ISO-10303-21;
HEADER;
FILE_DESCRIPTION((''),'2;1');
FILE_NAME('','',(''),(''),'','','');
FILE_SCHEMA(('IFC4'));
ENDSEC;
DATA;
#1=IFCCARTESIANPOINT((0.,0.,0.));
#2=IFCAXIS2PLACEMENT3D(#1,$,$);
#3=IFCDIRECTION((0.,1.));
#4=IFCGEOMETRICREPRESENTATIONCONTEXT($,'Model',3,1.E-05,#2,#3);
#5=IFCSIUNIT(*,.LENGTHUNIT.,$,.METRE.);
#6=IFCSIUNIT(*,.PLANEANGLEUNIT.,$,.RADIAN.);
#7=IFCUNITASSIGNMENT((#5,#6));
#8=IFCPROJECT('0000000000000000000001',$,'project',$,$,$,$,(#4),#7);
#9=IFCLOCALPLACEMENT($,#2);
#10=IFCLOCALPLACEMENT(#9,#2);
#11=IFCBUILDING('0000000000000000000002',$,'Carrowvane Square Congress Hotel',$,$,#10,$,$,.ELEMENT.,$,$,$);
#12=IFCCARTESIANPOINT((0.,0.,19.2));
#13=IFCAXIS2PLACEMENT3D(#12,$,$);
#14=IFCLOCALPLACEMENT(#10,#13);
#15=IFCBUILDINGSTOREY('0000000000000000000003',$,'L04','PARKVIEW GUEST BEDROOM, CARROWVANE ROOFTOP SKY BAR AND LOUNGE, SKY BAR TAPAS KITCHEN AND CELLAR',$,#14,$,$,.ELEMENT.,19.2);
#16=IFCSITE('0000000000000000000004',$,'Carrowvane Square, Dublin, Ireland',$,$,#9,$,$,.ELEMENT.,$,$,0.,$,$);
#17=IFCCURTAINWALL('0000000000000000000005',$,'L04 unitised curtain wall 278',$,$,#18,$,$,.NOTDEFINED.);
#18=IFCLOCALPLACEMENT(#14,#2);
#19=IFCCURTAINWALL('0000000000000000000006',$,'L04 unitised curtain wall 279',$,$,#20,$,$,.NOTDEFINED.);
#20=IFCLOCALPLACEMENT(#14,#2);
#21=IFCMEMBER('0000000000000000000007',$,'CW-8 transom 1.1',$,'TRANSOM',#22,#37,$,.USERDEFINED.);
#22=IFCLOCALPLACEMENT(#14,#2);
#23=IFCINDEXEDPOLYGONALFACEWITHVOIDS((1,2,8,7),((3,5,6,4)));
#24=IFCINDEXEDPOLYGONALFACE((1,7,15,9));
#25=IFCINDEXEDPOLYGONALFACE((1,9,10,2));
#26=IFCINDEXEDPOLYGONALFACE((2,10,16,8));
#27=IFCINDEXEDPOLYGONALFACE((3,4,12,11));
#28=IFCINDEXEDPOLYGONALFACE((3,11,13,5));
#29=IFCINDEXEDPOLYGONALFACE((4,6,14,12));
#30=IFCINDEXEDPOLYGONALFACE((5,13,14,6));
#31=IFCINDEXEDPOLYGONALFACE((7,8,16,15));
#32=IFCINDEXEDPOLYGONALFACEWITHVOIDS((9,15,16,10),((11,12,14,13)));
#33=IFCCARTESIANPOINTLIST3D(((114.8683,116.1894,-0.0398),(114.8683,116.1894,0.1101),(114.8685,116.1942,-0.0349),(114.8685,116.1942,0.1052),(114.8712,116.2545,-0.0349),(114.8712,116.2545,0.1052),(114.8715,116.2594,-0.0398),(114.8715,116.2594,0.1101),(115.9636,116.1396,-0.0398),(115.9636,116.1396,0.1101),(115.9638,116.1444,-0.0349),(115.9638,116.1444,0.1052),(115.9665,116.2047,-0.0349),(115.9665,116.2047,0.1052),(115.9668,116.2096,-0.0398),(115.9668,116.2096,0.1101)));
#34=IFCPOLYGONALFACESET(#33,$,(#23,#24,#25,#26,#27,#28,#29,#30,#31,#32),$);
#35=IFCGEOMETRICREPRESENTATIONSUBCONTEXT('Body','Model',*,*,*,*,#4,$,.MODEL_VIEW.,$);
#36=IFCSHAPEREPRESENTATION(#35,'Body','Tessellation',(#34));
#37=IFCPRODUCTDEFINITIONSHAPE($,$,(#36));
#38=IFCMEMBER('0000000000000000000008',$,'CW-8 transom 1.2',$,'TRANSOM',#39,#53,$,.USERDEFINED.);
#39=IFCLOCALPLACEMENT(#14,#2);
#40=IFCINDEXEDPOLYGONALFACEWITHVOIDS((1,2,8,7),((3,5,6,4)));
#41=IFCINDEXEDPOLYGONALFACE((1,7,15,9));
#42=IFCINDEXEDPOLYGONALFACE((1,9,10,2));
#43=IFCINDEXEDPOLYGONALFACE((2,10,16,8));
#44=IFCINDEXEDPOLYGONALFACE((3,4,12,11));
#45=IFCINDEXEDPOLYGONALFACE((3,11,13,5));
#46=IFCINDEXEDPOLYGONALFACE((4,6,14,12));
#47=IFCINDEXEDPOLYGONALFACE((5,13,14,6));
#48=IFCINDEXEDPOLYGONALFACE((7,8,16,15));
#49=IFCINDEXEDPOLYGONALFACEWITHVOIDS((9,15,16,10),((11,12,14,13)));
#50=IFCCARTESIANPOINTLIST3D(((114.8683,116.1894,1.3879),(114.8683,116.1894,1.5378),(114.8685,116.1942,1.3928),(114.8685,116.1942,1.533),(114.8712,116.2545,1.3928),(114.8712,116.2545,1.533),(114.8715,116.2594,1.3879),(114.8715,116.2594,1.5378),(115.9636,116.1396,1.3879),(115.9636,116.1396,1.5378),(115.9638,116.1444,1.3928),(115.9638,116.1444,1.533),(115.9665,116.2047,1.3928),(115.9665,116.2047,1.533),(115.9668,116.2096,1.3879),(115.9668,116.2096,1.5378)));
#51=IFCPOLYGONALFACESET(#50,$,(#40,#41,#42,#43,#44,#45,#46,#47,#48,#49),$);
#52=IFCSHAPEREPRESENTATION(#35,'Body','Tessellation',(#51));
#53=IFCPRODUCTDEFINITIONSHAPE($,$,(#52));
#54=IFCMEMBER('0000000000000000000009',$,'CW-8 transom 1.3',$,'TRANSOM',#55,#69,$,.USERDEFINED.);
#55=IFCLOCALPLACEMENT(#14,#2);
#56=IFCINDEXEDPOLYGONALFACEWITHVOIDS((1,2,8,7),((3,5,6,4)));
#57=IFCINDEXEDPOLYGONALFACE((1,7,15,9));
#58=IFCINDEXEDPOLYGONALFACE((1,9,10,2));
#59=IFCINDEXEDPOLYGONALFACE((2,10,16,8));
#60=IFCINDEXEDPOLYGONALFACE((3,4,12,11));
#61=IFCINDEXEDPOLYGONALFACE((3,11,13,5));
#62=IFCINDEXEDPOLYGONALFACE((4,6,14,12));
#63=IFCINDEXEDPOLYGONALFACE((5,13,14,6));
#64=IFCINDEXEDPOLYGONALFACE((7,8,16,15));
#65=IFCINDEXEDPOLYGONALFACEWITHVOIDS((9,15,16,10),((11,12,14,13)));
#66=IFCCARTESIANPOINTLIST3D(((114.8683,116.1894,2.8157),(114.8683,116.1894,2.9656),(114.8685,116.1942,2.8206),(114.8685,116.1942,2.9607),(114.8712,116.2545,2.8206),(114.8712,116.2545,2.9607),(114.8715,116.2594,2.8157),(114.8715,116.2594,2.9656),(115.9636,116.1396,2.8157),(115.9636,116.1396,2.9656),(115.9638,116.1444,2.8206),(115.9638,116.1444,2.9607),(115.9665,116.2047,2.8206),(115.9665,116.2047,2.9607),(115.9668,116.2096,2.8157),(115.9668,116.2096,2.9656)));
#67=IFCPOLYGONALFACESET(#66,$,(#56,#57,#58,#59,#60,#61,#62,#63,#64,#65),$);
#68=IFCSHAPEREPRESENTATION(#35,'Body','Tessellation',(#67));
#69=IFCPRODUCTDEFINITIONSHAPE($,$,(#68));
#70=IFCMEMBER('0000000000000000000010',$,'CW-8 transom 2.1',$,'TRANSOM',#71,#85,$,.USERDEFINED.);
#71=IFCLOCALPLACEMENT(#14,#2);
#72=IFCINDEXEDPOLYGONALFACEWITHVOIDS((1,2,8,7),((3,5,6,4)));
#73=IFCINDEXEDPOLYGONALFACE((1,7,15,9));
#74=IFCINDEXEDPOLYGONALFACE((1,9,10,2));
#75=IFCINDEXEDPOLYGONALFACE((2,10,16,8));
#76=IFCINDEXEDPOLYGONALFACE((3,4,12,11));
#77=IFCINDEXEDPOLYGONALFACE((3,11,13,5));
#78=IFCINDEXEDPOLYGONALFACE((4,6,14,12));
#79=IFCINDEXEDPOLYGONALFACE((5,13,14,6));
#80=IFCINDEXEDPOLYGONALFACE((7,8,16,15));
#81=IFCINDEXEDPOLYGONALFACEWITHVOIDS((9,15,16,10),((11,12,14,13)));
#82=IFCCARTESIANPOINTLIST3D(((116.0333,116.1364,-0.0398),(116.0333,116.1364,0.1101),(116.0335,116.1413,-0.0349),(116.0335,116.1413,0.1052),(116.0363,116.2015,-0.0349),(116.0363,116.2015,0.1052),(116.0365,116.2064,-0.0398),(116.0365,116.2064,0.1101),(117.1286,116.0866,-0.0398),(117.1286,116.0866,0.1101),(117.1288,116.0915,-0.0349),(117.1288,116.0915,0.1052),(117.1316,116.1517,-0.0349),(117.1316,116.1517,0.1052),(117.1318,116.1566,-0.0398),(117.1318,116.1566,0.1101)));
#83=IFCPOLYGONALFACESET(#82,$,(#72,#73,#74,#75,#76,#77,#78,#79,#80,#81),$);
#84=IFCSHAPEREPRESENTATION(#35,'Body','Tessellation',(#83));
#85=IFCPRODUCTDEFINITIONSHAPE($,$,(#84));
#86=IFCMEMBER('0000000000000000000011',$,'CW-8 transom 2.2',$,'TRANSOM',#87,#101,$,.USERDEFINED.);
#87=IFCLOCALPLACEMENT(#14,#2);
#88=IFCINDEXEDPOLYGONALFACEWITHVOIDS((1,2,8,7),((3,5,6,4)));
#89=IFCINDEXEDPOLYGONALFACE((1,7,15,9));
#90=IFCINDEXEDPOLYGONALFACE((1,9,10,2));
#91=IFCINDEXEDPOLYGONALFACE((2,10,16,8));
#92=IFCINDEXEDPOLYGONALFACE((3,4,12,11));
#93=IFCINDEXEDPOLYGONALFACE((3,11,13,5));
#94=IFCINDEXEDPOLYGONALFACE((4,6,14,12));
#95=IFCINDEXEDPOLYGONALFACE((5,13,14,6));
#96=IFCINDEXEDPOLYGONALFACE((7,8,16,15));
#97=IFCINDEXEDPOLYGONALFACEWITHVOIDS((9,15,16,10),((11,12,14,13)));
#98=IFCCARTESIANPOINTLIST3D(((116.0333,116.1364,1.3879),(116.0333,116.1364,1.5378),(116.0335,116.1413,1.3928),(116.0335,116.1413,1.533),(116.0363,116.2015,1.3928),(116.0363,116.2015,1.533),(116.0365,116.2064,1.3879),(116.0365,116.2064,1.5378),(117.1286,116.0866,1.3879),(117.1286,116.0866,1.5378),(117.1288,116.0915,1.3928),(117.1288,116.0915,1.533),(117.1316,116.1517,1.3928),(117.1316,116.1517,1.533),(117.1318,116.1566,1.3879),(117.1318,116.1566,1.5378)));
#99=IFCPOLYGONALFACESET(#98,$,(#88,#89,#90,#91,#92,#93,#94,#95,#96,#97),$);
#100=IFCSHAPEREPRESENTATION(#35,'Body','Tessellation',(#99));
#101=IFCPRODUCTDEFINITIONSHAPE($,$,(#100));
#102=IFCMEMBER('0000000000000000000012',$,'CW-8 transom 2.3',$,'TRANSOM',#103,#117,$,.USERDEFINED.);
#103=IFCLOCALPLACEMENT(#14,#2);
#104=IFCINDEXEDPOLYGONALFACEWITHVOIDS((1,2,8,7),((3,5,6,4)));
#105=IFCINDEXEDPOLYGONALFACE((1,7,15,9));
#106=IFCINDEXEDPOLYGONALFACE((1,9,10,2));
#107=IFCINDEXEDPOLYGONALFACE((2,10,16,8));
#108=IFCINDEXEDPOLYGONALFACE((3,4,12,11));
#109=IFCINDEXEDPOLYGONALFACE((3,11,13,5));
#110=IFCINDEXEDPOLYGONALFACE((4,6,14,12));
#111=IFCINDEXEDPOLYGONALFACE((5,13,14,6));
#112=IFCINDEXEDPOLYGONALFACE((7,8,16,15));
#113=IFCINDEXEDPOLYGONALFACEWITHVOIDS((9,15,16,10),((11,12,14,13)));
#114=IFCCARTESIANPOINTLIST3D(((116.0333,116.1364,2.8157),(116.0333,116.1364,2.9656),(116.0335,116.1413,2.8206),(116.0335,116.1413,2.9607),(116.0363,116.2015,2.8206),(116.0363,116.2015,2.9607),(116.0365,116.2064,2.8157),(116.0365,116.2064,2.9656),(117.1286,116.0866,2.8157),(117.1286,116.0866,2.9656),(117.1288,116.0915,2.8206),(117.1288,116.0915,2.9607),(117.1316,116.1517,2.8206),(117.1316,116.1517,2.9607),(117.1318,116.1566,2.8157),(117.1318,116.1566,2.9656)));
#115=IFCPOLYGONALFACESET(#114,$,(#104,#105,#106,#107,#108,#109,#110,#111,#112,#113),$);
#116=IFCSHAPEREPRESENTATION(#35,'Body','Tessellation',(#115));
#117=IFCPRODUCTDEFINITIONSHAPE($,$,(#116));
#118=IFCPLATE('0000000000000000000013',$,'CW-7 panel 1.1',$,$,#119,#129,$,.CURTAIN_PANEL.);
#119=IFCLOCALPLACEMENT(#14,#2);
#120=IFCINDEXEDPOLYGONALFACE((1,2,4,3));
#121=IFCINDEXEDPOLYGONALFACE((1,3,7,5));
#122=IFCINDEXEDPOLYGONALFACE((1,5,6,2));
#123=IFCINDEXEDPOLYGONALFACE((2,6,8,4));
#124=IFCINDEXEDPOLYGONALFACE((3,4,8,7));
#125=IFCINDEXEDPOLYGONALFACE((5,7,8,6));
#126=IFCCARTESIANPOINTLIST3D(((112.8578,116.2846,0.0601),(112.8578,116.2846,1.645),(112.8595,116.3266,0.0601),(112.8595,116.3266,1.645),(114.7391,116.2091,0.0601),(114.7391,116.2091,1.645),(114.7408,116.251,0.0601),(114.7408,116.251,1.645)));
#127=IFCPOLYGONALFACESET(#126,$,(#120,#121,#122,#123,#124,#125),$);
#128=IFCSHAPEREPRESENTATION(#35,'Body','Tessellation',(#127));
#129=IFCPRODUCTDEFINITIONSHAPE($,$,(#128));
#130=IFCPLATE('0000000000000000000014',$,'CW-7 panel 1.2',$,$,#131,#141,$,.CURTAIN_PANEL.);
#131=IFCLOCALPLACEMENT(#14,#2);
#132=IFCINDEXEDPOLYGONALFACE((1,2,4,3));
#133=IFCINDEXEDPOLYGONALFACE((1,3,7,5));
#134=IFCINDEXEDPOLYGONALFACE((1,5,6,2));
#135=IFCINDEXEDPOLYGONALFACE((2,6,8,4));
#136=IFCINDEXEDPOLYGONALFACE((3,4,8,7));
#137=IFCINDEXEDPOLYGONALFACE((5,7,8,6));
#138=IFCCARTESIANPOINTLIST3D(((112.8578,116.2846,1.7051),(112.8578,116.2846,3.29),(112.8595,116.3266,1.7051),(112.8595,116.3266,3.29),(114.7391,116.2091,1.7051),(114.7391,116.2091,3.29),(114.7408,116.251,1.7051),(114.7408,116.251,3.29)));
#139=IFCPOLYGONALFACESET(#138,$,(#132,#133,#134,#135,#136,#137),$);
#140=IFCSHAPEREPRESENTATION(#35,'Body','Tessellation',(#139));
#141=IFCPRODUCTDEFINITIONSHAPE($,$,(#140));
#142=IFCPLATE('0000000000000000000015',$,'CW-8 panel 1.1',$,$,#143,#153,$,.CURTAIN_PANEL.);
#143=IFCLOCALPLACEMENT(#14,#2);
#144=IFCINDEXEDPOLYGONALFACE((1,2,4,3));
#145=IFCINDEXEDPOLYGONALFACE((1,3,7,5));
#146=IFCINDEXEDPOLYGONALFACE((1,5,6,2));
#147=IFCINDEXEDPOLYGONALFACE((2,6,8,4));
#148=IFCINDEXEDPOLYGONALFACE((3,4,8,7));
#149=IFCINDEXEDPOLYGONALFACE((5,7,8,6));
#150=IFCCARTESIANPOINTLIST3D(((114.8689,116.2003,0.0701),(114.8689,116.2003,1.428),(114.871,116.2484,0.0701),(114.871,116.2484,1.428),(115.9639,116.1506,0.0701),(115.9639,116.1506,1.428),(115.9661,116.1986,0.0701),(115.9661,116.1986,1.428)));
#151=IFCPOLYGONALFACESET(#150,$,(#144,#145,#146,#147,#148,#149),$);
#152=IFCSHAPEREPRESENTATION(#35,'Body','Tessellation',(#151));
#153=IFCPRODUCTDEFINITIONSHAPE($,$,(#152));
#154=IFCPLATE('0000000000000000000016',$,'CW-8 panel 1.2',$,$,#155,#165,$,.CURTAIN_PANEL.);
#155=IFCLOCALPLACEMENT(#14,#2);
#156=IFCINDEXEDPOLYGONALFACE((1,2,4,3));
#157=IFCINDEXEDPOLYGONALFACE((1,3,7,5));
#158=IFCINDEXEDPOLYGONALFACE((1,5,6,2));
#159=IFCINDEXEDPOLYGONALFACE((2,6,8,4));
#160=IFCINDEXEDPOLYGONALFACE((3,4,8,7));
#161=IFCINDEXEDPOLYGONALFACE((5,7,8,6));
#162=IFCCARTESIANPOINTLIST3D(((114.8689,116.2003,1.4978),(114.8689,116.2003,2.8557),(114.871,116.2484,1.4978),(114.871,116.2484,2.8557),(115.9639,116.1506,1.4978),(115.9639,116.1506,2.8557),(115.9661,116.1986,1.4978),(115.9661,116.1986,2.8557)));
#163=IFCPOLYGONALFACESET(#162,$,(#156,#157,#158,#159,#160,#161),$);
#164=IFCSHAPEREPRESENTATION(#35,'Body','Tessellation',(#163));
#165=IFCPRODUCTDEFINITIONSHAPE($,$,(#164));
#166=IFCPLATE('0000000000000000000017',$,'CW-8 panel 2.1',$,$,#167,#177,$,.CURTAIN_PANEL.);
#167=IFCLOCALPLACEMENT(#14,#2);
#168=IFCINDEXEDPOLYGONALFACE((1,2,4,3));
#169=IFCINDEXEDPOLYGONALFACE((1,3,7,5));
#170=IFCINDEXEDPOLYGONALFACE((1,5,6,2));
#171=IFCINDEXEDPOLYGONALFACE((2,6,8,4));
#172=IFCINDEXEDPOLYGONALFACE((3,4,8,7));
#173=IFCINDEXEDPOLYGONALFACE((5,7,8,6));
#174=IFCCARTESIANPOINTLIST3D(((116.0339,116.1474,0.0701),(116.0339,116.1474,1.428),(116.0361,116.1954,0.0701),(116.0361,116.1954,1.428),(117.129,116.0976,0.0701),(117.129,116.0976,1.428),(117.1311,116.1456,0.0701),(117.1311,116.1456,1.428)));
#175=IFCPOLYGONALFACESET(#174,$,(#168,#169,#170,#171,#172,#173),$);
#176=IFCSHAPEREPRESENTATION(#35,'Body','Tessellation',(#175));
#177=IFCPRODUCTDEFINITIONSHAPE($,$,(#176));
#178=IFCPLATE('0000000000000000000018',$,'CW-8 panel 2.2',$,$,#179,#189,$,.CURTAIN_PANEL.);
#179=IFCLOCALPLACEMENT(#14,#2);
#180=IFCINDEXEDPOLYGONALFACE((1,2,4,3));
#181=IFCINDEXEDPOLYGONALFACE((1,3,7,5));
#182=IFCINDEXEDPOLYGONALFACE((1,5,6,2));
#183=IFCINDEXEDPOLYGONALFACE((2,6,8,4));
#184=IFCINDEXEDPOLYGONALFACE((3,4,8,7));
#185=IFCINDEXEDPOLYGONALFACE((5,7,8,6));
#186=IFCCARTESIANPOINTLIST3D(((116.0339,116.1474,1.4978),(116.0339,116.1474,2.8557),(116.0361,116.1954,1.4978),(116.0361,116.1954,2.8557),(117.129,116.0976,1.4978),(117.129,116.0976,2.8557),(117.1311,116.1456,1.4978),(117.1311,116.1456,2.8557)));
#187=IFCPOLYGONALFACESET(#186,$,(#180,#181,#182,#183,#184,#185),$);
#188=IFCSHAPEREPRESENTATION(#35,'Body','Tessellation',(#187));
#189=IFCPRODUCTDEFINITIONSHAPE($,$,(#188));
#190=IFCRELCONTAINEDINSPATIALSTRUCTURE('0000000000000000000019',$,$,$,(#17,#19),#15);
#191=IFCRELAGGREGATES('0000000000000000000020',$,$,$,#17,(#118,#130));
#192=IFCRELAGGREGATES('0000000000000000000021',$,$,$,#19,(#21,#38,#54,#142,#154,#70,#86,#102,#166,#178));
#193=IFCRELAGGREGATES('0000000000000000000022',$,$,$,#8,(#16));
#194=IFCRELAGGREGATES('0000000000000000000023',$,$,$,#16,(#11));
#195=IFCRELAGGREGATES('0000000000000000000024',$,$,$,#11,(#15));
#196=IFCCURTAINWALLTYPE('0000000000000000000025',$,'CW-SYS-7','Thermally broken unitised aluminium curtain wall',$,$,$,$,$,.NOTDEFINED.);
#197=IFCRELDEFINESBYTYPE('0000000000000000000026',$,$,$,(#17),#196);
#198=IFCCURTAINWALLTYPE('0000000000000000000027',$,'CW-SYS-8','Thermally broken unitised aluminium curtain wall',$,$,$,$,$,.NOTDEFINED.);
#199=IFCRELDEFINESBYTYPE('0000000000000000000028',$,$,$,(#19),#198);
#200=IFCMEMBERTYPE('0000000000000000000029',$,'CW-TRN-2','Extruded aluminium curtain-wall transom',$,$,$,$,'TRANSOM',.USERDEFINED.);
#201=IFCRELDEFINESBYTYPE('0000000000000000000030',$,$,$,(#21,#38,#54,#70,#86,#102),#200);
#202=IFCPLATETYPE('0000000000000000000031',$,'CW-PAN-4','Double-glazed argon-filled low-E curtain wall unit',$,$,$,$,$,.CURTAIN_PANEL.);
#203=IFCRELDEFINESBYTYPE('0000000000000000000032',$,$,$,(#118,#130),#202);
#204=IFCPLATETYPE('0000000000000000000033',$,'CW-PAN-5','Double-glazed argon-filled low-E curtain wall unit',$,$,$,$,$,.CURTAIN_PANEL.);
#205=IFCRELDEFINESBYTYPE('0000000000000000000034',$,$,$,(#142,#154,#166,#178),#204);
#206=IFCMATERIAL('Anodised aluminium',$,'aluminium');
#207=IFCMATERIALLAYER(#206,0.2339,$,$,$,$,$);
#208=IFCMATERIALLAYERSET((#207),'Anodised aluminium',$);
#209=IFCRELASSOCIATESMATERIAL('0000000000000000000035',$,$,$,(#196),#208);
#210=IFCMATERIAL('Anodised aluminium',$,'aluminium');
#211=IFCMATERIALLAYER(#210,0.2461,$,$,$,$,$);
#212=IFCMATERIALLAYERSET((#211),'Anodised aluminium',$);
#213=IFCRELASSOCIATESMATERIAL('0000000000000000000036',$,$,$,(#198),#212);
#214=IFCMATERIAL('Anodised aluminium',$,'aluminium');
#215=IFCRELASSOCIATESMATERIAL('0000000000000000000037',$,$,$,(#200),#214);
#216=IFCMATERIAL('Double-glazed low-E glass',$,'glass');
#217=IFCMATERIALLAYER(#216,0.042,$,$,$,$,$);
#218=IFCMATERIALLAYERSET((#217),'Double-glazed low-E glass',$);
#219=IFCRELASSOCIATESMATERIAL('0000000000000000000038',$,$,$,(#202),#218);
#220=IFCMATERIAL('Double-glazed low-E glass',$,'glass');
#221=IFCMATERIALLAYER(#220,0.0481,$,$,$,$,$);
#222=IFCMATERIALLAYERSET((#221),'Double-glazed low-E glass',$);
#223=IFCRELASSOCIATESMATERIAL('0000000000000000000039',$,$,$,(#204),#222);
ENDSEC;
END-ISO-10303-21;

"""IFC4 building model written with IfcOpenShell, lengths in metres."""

from ifc_helpers import new_model, si_unit, direction, frame, origin, origin_2d, place, context, subcontext, project, spatial, rectangle, hollow_rectangle, extrude, material, layer, layer_set, material_profile, profile_set, type_object, element, aggregate, save


model = new_model("IFC4")

# Units and contexts
model_context = context("Model", 3, precision=1e-05, world=origin(), true_north=direction((0.0, 1.0)))
body_context = subcontext(model_context, "Body", "Model", "MODEL_VIEW")
ifc_project = project(units=[si_unit("LENGTHUNIT", "METRE"), si_unit("PLANEANGLEUNIT", "RADIAN")], contexts=[model_context])

# Site, building, storey
site_placement = place(None, origin())
site = spatial("IfcSite", under=ifc_project, at=site_placement, Name="Carrowvane Square, Dublin, Ireland", CompositionType="ELEMENT", RefElevation=0.0)
building_placement = place(site_placement, origin())
building = spatial("IfcBuilding", under=site, at=building_placement, Name="Carrowvane Square Congress Hotel", CompositionType="ELEMENT")
storey_placement = place(building_placement, frame((0.0, 0.0, 19.2)))
storey = spatial("IfcBuildingStorey", under=building, at=storey_placement, Name="L04", Description="PARKVIEW GUEST BEDROOM, CARROWVANE ROOFTOP SKY BAR AND LOUNGE, SKY BAR TAPAS KITCHEN AND CELLAR", CompositionType="ELEMENT", Elevation=19.2)

# Curtain wall
ifc_material_1 = material(Name="Anodised aluminium", Category="aluminium")
ifc_layer_1 = layer(ifc_material_1, 0.2339)
ifc_layer_set_1 = layer_set([ifc_layer_1], Name="Anodised aluminium")
curtain_wall_type_1 = type_object("IfcCurtainWallType", Name="CW-SYS-7", Description="Thermally broken unitised aluminium curtain wall", PredefinedType="NOTDEFINED", material=ifc_layer_set_1)
curtain_wall_1_placement = place(storey_placement, origin())
curtain_wall_1 = element("IfcCurtainWall", 1, at=curtain_wall_1_placement, inside=storey, type_object=curtain_wall_type_1, Name="L04 unitised curtain wall 278", PredefinedType="NOTDEFINED")

# Curtain wall
ifc_material_2 = material(Name="Anodised aluminium", Category="aluminium")
ifc_layer_2 = layer(ifc_material_2, 0.2461)
ifc_layer_set_2 = layer_set([ifc_layer_2], Name="Anodised aluminium")
curtain_wall_type_2 = type_object("IfcCurtainWallType", Name="CW-SYS-8", Description="Thermally broken unitised aluminium curtain wall", PredefinedType="NOTDEFINED", material=ifc_layer_set_2)
curtain_wall_2_placement = place(storey_placement, origin())
curtain_wall_2 = element("IfcCurtainWall", 2, at=curtain_wall_2_placement, inside=storey, type_object=curtain_wall_type_2, Name="L04 unitised curtain wall 279", PredefinedType="NOTDEFINED")

# Members
ifc_material_3 = material(Name="Anodised aluminium", Category="aluminium")
ifc_material_profile_1 = material_profile(ifc_material_3, hollow_rectangle(XDim=0.0701, YDim=0.1499, WallThickness=0.0049, at=origin_2d()), Name="CW-TR 70x150x5")
ifc_profile_set_1 = profile_set([ifc_material_profile_1], Name="Anodised aluminium")
member_type_1 = type_object("IfcMemberType", Name="CW-TRN-2", Description="Extruded aluminium curtain-wall transom", ElementType="TRANSOM", PredefinedType="USERDEFINED", material=ifc_profile_set_1)
member_1_placement = place(storey_placement, frame((114.8699, 116.2244, 0.0352), z_axis=(0.998968, -0.045428, 0.0), x_axis=(0.045428, 0.998968, 0.0)))
member_1 = element("IfcMember", 3, at=member_1_placement, type_object=member_type_1, Name="CW-8 transom 1.1", ObjectType="TRANSOM", PredefinedType="USERDEFINED", context=body_context, shape_type="SweptSolid", body=[
    extrude(hollow_rectangle(XDim=0.0701, YDim=0.1499, WallThickness=0.0049, at=origin_2d()), origin(), (0.0, 0.0, 1.0), 1.0964),
])
member_2_placement = place(storey_placement, frame((114.8699, 116.2244, 1.4629), z_axis=(0.998968, -0.045428, 0.0), x_axis=(0.045428, 0.998968, 0.0)))
member_2 = element("IfcMember", 4, at=member_2_placement, type_object=member_type_1, Name="CW-8 transom 1.2", ObjectType="TRANSOM", PredefinedType="USERDEFINED", context=body_context, shape_type="SweptSolid", body=[
    extrude(hollow_rectangle(XDim=0.0701, YDim=0.1499, WallThickness=0.0049, at=origin_2d()), origin(), (0.0, 0.0, 1.0), 1.0964),
])
member_3_placement = place(storey_placement, frame((114.8699, 116.2244, 2.8906), z_axis=(0.998968, -0.045428, 0.0), x_axis=(0.045428, 0.998968, 0.0)))
member_3 = element("IfcMember", 5, at=member_3_placement, type_object=member_type_1, Name="CW-8 transom 1.3", ObjectType="TRANSOM", PredefinedType="USERDEFINED", context=body_context, shape_type="SweptSolid", body=[
    extrude(hollow_rectangle(XDim=0.0701, YDim=0.1499, WallThickness=0.0049, at=origin_2d()), origin(), (0.0, 0.0, 1.0), 1.0964),
])
member_4_placement = place(storey_placement, frame((116.0349, 116.1714, 0.0352), z_axis=(0.998968, -0.045428, 0.0), x_axis=(0.045428, 0.998968, 0.0)))
member_4 = element("IfcMember", 6, at=member_4_placement, type_object=member_type_1, Name="CW-8 transom 2.1", ObjectType="TRANSOM", PredefinedType="USERDEFINED", context=body_context, shape_type="SweptSolid", body=[
    extrude(hollow_rectangle(XDim=0.0701, YDim=0.1499, WallThickness=0.0049, at=origin_2d()), origin(), (0.0, 0.0, 1.0), 1.0964),
])
member_5_placement = place(storey_placement, frame((116.0349, 116.1714, 1.4629), z_axis=(0.998968, -0.045428, 0.0), x_axis=(0.045428, 0.998968, 0.0)))
member_5 = element("IfcMember", 7, at=member_5_placement, type_object=member_type_1, Name="CW-8 transom 2.2", ObjectType="TRANSOM", PredefinedType="USERDEFINED", context=body_context, shape_type="SweptSolid", body=[
    extrude(hollow_rectangle(XDim=0.0701, YDim=0.1499, WallThickness=0.0049, at=origin_2d()), origin(), (0.0, 0.0, 1.0), 1.0964),
])
member_6_placement = place(storey_placement, frame((116.0349, 116.1714, 2.8906), z_axis=(0.998968, -0.045428, 0.0), x_axis=(0.045428, 0.998968, 0.0)))
member_6 = element("IfcMember", 8, at=member_6_placement, type_object=member_type_1, Name="CW-8 transom 2.3", ObjectType="TRANSOM", PredefinedType="USERDEFINED", context=body_context, shape_type="SweptSolid", body=[
    extrude(hollow_rectangle(XDim=0.0701, YDim=0.1499, WallThickness=0.0049, at=origin_2d()), origin(), (0.0, 0.0, 1.0), 1.0964),
])

# Plates
ifc_material_4 = material(Name="Double-glazed low-E glass", Category="glass")
ifc_layer_3 = layer(ifc_material_4, 0.042)
ifc_layer_set_3 = layer_set([ifc_layer_3], Name="Double-glazed low-E glass")
plate_type_1 = type_object("IfcPlateType", Name="CW-PAN-4", Description="Double-glazed argon-filled low-E curtain wall unit", PredefinedType="CURTAIN_PANEL", material=ifc_layer_set_3)
plate_1_placement = place(storey_placement, frame((113.7993, 116.2678, 0.0601), z_axis=(0.0, 0.0, 1.0), x_axis=(0.999194, -0.040131, 0.0)))
plate_1 = element("IfcPlate", 9, at=plate_1_placement, type_object=plate_type_1, Name="CW-7 panel 1.1", PredefinedType="CURTAIN_PANEL", context=body_context, shape_type="SweptSolid", body=[
    extrude(rectangle(XDim=1.8828, YDim=0.042, at=origin_2d()), origin(), (0.0, 0.0, 1.0), 1.585),
])
plate_2_placement = place(storey_placement, frame((113.7993, 116.2678, 1.7051), z_axis=(0.0, 0.0, 1.0), x_axis=(0.999194, -0.040131, 0.0)))
plate_2 = element("IfcPlate", 10, at=plate_2_placement, type_object=plate_type_1, Name="CW-7 panel 1.2", PredefinedType="CURTAIN_PANEL", context=body_context, shape_type="SweptSolid", body=[
    extrude(rectangle(XDim=1.8828, YDim=0.042, at=origin_2d()), origin(), (0.0, 0.0, 1.0), 1.585),
])
aggregate(curtain_wall_1, [plate_1, plate_2])
ifc_material_5 = material(Name="Double-glazed low-E glass", Category="glass")
ifc_layer_4 = layer(ifc_material_5, 0.0481)
ifc_layer_set_4 = layer_set([ifc_layer_4], Name="Double-glazed low-E glass")
plate_type_2 = type_object("IfcPlateType", Name="CW-PAN-5", Description="Double-glazed argon-filled low-E curtain wall unit", PredefinedType="CURTAIN_PANEL", material=ifc_layer_set_4)
plate_3_placement = place(storey_placement, frame((115.4175, 116.1995, 0.0701), z_axis=(0.0, 0.0, 1.0), x_axis=(0.998968, -0.045411, 0.0)))
plate_3 = element("IfcPlate", 11, at=plate_3_placement, type_object=plate_type_2, Name="CW-8 panel 1.1", PredefinedType="CURTAIN_PANEL", context=body_context, shape_type="SweptSolid", body=[
    extrude(rectangle(XDim=1.0962, YDim=0.0481, at=origin_2d()), origin(), (0.0, 0.0, 1.0), 1.3579),
])
plate_4_placement = place(storey_placement, frame((115.4175, 116.1995, 1.4978), z_axis=(0.0, 0.0, 1.0), x_axis=(0.998968, -0.045411, 0.0)))
plate_4 = element("IfcPlate", 12, at=plate_4_placement, type_object=plate_type_2, Name="CW-8 panel 1.2", PredefinedType="CURTAIN_PANEL", context=body_context, shape_type="SweptSolid", body=[
    extrude(rectangle(XDim=1.0962, YDim=0.0481, at=origin_2d()), origin(), (0.0, 0.0, 1.0), 1.3579),
])
plate_5_placement = place(storey_placement, frame((116.5825, 116.1465, 0.0701), z_axis=(0.0, 0.0, 1.0), x_axis=(0.998968, -0.045411, 0.0)))
plate_5 = element("IfcPlate", 13, at=plate_5_placement, type_object=plate_type_2, Name="CW-8 panel 2.1", PredefinedType="CURTAIN_PANEL", context=body_context, shape_type="SweptSolid", body=[
    extrude(rectangle(XDim=1.0962, YDim=0.0481, at=origin_2d()), origin(), (0.0, 0.0, 1.0), 1.3579),
])
plate_6_placement = place(storey_placement, frame((116.5825, 116.1465, 1.4978), z_axis=(0.0, 0.0, 1.0), x_axis=(0.998968, -0.045411, 0.0)))
plate_6 = element("IfcPlate", 14, at=plate_6_placement, type_object=plate_type_2, Name="CW-8 panel 2.2", PredefinedType="CURTAIN_PANEL", context=body_context, shape_type="SweptSolid", body=[
    extrude(rectangle(XDim=1.0962, YDim=0.0481, at=origin_2d()), origin(), (0.0, 0.0, 1.0), 1.3579),
])
aggregate(curtain_wall_2, [member_1, member_2, member_3, plate_3, plate_4, member_4, member_5, member_6, plate_5, plate_6])

save(model, "model.ifc")
